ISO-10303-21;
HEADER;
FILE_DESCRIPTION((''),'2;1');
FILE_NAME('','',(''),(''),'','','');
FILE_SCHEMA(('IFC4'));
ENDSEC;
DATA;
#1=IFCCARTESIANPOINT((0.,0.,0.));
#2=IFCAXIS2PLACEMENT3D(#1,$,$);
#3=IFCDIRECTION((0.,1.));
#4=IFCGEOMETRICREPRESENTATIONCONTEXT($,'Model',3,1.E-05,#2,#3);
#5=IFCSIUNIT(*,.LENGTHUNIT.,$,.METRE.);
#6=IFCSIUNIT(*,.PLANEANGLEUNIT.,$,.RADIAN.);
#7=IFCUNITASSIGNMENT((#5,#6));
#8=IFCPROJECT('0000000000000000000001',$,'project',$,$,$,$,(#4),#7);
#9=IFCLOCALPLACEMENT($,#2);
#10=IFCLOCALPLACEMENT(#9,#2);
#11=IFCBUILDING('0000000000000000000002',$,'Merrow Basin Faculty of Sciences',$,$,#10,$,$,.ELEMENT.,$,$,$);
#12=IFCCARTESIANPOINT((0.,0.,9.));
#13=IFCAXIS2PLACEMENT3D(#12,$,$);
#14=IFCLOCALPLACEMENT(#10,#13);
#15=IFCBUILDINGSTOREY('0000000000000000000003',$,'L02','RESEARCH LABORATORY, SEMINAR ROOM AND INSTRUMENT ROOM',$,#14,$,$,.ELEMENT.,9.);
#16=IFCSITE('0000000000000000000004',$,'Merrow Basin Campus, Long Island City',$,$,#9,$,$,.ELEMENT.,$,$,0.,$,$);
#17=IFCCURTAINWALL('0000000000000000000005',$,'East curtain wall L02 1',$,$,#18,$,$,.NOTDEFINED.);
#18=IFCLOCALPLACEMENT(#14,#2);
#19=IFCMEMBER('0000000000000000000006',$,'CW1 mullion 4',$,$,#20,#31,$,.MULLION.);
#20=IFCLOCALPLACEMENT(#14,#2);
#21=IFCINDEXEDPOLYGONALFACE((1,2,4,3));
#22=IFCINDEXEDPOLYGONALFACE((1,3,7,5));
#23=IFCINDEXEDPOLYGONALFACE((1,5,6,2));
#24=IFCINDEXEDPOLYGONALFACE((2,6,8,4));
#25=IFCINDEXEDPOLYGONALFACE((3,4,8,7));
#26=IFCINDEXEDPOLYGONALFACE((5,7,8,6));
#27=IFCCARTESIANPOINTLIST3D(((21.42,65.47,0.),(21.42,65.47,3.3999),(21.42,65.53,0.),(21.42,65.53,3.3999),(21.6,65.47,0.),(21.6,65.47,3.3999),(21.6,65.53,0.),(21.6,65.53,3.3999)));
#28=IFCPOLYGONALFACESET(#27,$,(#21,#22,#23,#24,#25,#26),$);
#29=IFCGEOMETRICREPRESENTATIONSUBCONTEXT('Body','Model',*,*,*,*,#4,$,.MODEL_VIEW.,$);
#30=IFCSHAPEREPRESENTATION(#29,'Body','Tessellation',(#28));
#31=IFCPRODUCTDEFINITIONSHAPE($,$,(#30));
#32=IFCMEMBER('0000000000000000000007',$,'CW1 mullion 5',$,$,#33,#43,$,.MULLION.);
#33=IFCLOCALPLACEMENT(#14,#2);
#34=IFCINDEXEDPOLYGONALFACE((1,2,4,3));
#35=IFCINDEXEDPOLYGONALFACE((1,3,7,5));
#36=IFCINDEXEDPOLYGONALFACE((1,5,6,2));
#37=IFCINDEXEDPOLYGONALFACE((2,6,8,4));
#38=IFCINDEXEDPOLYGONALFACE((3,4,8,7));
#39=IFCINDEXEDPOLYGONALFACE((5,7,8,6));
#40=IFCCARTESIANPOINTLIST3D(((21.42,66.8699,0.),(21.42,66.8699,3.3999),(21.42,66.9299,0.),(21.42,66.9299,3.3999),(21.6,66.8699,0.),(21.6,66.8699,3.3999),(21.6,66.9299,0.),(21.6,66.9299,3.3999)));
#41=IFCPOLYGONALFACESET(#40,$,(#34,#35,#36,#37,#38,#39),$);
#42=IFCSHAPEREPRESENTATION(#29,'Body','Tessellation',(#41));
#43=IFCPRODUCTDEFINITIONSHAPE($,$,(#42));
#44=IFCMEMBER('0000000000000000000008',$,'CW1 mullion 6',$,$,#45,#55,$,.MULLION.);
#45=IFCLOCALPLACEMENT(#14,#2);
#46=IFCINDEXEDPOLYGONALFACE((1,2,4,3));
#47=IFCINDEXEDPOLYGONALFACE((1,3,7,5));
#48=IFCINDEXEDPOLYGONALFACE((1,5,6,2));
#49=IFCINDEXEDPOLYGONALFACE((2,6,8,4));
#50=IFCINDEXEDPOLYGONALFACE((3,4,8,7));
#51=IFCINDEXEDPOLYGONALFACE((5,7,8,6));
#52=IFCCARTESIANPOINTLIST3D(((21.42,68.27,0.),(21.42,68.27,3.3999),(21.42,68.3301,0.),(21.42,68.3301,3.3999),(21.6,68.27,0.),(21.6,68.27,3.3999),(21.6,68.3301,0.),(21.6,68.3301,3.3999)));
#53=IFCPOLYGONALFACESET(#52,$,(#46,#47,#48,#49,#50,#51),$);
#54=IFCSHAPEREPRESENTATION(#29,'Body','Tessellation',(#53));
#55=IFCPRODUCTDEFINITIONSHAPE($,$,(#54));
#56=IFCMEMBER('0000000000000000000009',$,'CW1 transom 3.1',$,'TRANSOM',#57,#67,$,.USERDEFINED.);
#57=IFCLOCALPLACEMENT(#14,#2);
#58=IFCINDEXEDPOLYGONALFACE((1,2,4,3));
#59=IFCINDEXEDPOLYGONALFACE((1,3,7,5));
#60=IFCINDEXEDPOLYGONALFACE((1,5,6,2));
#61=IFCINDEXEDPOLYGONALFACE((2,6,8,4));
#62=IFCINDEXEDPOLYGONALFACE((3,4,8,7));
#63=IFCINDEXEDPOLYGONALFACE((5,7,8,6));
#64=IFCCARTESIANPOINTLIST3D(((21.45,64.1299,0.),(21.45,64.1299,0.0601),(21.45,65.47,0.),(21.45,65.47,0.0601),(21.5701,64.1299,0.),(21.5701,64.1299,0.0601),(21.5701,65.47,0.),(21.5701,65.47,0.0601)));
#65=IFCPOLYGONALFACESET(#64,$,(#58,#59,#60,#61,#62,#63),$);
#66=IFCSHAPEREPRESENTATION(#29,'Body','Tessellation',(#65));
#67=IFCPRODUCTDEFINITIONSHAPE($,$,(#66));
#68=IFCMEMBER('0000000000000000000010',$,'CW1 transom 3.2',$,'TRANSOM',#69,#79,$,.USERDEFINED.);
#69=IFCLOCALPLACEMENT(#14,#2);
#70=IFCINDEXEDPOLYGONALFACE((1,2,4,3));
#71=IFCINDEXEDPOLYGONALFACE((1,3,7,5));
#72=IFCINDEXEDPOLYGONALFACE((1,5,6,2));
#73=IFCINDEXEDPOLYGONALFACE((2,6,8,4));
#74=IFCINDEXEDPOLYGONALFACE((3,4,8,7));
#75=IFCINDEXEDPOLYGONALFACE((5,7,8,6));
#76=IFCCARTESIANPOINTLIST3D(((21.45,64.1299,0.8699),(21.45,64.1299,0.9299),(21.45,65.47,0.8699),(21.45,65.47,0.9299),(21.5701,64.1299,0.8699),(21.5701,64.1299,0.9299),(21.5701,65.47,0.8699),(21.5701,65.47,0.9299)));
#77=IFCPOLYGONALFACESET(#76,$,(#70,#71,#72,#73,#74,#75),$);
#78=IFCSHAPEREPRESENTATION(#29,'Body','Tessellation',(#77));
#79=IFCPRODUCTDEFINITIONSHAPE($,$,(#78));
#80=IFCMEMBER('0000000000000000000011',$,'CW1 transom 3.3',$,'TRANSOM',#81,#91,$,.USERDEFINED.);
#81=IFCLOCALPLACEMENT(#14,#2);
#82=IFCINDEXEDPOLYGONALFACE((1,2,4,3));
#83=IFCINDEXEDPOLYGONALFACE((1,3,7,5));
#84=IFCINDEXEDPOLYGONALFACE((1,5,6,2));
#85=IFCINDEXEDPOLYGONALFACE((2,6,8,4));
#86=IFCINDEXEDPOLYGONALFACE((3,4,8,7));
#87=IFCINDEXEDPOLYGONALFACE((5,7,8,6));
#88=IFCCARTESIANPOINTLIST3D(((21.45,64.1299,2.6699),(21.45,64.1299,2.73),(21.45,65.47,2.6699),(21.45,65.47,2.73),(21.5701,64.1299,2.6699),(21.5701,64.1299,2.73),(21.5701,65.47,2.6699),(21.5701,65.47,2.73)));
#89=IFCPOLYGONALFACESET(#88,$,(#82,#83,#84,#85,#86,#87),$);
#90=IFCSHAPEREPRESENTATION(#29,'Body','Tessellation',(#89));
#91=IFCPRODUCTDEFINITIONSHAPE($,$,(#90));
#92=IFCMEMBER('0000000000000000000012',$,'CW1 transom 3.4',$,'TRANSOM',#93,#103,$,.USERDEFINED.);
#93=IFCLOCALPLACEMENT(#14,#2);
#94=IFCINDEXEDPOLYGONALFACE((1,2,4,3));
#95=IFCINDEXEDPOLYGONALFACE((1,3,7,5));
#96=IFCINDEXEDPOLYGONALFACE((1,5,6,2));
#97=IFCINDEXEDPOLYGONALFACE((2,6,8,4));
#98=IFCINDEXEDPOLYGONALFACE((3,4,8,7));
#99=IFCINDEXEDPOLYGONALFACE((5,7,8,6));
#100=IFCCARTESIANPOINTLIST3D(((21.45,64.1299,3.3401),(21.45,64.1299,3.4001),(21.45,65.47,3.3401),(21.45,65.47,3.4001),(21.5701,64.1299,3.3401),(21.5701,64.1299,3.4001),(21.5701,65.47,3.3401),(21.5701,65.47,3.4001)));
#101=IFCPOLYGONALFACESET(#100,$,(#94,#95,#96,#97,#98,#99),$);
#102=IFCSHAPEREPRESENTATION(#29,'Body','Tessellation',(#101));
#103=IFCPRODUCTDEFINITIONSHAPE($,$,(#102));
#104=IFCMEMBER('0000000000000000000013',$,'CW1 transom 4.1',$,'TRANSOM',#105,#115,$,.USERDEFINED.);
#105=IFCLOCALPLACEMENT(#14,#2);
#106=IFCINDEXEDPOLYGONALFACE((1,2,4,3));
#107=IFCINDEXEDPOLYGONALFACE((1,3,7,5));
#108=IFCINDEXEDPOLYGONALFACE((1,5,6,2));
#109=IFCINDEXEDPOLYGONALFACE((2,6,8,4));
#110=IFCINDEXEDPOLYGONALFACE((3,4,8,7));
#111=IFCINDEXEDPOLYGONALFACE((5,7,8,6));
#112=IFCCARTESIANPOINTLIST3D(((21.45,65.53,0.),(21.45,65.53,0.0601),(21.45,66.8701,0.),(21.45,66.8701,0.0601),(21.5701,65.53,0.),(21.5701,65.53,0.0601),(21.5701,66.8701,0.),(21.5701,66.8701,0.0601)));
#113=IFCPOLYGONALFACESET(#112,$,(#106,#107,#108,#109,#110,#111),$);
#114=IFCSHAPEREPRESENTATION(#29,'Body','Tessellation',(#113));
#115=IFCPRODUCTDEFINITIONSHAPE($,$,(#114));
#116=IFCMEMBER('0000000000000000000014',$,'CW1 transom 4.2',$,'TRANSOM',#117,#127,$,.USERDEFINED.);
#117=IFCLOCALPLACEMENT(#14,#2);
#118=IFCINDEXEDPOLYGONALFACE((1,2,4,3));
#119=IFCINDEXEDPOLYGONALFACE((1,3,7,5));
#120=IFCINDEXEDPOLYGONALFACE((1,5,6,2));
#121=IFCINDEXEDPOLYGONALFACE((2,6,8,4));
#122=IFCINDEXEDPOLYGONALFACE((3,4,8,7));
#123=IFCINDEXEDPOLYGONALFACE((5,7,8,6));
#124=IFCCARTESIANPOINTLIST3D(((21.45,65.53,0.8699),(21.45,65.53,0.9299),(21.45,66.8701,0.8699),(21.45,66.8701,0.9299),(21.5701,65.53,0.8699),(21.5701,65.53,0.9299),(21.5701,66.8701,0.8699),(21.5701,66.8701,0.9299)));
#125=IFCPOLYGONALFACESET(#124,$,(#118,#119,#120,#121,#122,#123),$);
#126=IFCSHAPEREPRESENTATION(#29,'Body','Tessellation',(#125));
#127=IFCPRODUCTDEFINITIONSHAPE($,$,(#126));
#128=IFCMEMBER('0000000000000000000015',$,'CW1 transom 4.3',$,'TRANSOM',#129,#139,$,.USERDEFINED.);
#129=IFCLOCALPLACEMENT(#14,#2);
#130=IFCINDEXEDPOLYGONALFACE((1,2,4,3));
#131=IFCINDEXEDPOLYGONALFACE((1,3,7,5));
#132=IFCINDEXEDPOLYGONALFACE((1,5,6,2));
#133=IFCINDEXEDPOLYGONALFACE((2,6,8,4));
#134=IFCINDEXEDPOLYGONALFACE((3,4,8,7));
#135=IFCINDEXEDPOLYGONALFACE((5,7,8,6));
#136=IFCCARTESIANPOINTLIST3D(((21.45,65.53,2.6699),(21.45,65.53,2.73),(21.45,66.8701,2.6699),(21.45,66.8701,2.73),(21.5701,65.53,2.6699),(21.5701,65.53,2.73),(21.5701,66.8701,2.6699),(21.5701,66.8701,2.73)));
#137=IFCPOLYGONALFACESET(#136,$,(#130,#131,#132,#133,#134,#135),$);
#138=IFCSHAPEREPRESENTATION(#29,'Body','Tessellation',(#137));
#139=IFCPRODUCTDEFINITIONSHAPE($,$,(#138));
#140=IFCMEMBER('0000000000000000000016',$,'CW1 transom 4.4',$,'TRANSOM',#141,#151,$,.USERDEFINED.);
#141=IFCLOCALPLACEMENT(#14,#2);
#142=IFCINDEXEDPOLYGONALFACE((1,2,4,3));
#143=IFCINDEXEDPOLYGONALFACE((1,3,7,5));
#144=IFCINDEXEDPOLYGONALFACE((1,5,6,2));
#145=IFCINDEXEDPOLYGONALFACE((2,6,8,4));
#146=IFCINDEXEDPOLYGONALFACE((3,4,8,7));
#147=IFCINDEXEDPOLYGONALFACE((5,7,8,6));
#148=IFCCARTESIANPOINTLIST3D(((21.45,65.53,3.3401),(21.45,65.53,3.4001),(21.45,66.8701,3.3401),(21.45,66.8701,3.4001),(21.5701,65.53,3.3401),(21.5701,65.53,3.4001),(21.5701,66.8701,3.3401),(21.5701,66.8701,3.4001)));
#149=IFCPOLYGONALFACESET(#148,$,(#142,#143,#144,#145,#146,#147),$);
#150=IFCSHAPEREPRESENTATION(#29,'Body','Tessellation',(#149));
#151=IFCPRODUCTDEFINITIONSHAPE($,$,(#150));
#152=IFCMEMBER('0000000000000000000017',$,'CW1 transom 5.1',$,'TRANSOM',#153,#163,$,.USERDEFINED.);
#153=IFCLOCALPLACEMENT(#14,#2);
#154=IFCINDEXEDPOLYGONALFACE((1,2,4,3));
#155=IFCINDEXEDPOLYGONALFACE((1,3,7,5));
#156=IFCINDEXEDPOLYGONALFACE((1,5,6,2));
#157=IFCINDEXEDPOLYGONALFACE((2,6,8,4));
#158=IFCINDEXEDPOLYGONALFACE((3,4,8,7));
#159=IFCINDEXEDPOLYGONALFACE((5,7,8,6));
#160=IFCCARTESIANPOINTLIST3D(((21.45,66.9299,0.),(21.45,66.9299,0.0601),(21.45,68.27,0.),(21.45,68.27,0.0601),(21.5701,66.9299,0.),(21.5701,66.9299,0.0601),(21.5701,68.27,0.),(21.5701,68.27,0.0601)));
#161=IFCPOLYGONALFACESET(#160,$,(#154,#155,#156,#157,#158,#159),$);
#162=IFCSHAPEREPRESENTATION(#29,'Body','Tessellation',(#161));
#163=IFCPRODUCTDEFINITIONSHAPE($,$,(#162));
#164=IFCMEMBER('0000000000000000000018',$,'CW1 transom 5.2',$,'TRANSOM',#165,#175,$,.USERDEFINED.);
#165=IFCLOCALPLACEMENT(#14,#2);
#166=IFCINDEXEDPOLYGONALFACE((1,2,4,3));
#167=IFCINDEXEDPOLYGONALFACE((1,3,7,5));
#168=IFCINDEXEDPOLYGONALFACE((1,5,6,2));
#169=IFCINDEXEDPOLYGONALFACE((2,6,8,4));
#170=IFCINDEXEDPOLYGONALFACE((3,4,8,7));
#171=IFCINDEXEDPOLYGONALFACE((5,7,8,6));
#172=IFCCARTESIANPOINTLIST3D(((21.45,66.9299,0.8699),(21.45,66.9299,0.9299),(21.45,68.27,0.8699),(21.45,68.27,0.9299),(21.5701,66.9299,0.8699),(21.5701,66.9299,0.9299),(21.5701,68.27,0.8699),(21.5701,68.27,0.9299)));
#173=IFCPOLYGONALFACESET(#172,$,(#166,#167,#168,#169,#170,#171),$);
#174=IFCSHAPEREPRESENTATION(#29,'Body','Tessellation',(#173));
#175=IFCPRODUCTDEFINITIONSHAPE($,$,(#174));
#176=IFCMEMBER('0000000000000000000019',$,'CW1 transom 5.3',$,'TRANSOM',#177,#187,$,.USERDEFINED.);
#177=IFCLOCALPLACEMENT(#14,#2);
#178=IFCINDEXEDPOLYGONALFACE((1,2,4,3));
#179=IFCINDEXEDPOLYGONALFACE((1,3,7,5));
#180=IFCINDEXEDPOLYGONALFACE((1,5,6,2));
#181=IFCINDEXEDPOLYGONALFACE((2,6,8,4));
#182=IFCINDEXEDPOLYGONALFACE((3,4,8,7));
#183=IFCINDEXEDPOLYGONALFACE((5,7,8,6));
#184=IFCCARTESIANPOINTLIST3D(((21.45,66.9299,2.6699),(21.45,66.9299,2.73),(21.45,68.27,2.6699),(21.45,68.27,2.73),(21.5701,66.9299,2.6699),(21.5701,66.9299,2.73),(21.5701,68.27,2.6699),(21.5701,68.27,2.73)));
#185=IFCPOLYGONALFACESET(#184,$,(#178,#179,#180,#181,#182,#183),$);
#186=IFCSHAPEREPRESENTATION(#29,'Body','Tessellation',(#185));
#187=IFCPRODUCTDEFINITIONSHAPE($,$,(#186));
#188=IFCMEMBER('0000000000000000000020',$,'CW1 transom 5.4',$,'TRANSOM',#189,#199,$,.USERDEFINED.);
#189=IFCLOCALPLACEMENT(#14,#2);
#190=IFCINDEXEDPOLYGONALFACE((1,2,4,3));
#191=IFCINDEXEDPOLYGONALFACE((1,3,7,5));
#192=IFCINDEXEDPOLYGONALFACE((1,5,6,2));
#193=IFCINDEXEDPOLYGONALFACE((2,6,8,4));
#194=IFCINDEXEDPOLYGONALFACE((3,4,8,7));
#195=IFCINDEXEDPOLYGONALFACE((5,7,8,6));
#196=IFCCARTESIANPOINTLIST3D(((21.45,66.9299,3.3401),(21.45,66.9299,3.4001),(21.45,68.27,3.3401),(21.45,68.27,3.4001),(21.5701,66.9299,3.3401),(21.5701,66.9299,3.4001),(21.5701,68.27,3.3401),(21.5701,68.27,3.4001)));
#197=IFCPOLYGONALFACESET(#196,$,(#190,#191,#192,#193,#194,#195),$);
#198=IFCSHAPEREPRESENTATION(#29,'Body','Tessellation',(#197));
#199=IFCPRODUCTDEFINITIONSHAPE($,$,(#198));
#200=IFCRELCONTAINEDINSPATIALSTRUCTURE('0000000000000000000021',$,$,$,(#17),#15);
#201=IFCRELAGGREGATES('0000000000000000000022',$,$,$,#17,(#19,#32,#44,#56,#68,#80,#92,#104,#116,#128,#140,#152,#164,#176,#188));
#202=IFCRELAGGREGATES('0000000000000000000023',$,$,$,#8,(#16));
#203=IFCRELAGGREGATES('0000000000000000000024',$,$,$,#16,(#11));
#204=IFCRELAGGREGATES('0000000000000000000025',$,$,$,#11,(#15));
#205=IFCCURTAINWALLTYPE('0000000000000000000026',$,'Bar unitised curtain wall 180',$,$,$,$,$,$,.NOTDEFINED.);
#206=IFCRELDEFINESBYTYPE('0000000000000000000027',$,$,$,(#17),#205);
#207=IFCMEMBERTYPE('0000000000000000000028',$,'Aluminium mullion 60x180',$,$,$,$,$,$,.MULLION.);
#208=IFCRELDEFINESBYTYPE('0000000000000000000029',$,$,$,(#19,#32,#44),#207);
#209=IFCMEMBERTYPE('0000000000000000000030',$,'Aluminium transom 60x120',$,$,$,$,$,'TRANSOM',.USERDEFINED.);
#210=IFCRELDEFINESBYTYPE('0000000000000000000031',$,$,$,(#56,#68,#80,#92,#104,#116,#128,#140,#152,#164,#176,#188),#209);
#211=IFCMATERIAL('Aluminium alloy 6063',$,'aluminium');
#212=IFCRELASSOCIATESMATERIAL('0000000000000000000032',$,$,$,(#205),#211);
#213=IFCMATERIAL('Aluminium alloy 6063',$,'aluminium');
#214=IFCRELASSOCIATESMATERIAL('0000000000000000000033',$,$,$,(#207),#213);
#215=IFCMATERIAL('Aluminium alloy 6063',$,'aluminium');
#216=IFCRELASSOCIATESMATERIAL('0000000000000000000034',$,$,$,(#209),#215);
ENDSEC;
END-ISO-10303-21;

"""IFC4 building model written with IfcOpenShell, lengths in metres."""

from ifc_helpers import new_model, si_unit, direction, frame, origin, origin_2d, place, context, subcontext, project, spatial, rectangle, extrude, material, material_profile, profile_set, type_object, element, aggregate, save


model = new_model("IFC4")

# Units and contexts
model_context = context("Model", 3, precision=1e-05, world=origin(), true_north=direction((0.0, 1.0)))
body_context = subcontext(model_context, "Body", "Model", "MODEL_VIEW")
ifc_project = project(units=[si_unit("LENGTHUNIT", "METRE"), si_unit("PLANEANGLEUNIT", "RADIAN")], contexts=[model_context])

# Site, building, storey
site_placement = place(None, origin())
site = spatial("IfcSite", under=ifc_project, at=site_placement, Name="Merrow Basin Campus, Long Island City", CompositionType="ELEMENT", RefElevation=0.0)
building_placement = place(site_placement, origin())
building = spatial("IfcBuilding", under=site, at=building_placement, Name="Merrow Basin Faculty of Sciences", CompositionType="ELEMENT")
storey_placement = place(building_placement, frame((0.0, 0.0, 9.0)))
storey = spatial("IfcBuildingStorey", under=building, at=storey_placement, Name="L02", Description="RESEARCH LABORATORY, SEMINAR ROOM AND INSTRUMENT ROOM", CompositionType="ELEMENT", Elevation=9.0)

# Curtain wall, members
ifc_material_1 = material(Name="Aluminium alloy 6063", Category="aluminium")
curtain_wall_type = type_object("IfcCurtainWallType", Name="Bar unitised curtain wall 180", PredefinedType="NOTDEFINED", material=ifc_material_1)
curtain_wall_placement = place(storey_placement, origin())
curtain_wall = element("IfcCurtainWall", 1, at=curtain_wall_placement, inside=storey, type_object=curtain_wall_type, Name="East curtain wall L02 1", PredefinedType="NOTDEFINED")
ifc_material_2 = material(Name="Aluminium alloy 6063", Category="aluminium")
ifc_material_profile_1 = material_profile(ifc_material_2, rectangle(XDim=0.1799, YDim=0.0601, at=origin_2d()))
ifc_profile_set_1 = profile_set([ifc_material_profile_1], Name="Aluminium alloy 6063")
member_type_1 = type_object("IfcMemberType", Name="Aluminium mullion 60x180", PredefinedType="MULLION", material=ifc_profile_set_1)
member_1_placement = place(storey_placement, frame((21.51, 65.5, 0.0), z_axis=(0.0, 0.0, 1.0), x_axis=(-1.0, 0.0, 0.0)))
member_1 = element("IfcMember", 2, at=member_1_placement, type_object=member_type_1, Name="CW1 mullion 4", PredefinedType="MULLION", context=body_context, shape_type="SweptSolid", body=[
    extrude(rectangle(XDim=0.1799, YDim=0.0601, at=origin_2d()), origin(), (0.0, 0.0, 1.0), 3.3999),
])
member_2_placement = place(storey_placement, frame((21.51, 66.8999, 0.0), z_axis=(0.0, 0.0, 1.0), x_axis=(-1.0, 0.0, 0.0)))
member_2 = element("IfcMember", 3, at=member_2_placement, type_object=member_type_1, Name="CW1 mullion 5", PredefinedType="MULLION", context=body_context, shape_type="SweptSolid", body=[
    extrude(rectangle(XDim=0.1799, YDim=0.0601, at=origin_2d()), origin(), (0.0, 0.0, 1.0), 3.3999),
])
member_3_placement = place(storey_placement, frame((21.51, 68.3, 0.0), z_axis=(0.0, 0.0, 1.0), x_axis=(-1.0, 0.0, 0.0)))
member_3 = element("IfcMember", 4, at=member_3_placement, type_object=member_type_1, Name="CW1 mullion 6", PredefinedType="MULLION", context=body_context, shape_type="SweptSolid", body=[
    extrude(rectangle(XDim=0.1799, YDim=0.0601, at=origin_2d()), origin(), (0.0, 0.0, 1.0), 3.3999),
])
ifc_material_3 = material(Name="Aluminium alloy 6063", Category="aluminium")
ifc_material_profile_2 = material_profile(ifc_material_3, rectangle(XDim=0.1201, YDim=0.0601, at=origin_2d()))
ifc_profile_set_2 = profile_set([ifc_material_profile_2], Name="Aluminium alloy 6063")
member_type_2 = type_object("IfcMemberType", Name="Aluminium transom 60x120", ElementType="TRANSOM", PredefinedType="USERDEFINED", material=ifc_profile_set_2)
member_4_placement = place(storey_placement, frame((21.51, 64.1299, 0.03), z_axis=(0.0, 1.0, 0.0), x_axis=(-1.0, 0.0, 0.0)))
member_4 = element("IfcMember", 5, at=member_4_placement, type_object=member_type_2, Name="CW1 transom 3.1", ObjectType="TRANSOM", PredefinedType="USERDEFINED", context=body_context, shape_type="SweptSolid", body=[
    extrude(rectangle(XDim=0.1201, YDim=0.0601, at=origin_2d()), origin(), (0.0, 0.0, 1.0), 1.3401),
])
member_5_placement = place(storey_placement, frame((21.51, 64.1299, 0.8999), z_axis=(0.0, 1.0, 0.0), x_axis=(-1.0, 0.0, 0.0)))
member_5 = element("IfcMember", 6, at=member_5_placement, type_object=member_type_2, Name="CW1 transom 3.2", ObjectType="TRANSOM", PredefinedType="USERDEFINED", context=body_context, shape_type="SweptSolid", body=[
    extrude(rectangle(XDim=0.1201, YDim=0.0601, at=origin_2d()), origin(), (0.0, 0.0, 1.0), 1.3401),
])
member_6_placement = place(storey_placement, frame((21.51, 64.1299, 2.7), z_axis=(0.0, 1.0, 0.0), x_axis=(-1.0, 0.0, 0.0)))
member_6 = element("IfcMember", 7, at=member_6_placement, type_object=member_type_2, Name="CW1 transom 3.3", ObjectType="TRANSOM", PredefinedType="USERDEFINED", context=body_context, shape_type="SweptSolid", body=[
    extrude(rectangle(XDim=0.1201, YDim=0.0601, at=origin_2d()), origin(), (0.0, 0.0, 1.0), 1.3401),
])
member_7_placement = place(storey_placement, frame((21.51, 64.1299, 3.3701), z_axis=(0.0, 1.0, 0.0), x_axis=(-1.0, 0.0, 0.0)))
member_7 = element("IfcMember", 8, at=member_7_placement, type_object=member_type_2, Name="CW1 transom 3.4", ObjectType="TRANSOM", PredefinedType="USERDEFINED", context=body_context, shape_type="SweptSolid", body=[
    extrude(rectangle(XDim=0.1201, YDim=0.0601, at=origin_2d()), origin(), (0.0, 0.0, 1.0), 1.3401),
])
member_8_placement = place(storey_placement, frame((21.51, 65.53, 0.03), z_axis=(0.0, 1.0, 0.0), x_axis=(-1.0, 0.0, 0.0)))
member_8 = element("IfcMember", 9, at=member_8_placement, type_object=member_type_2, Name="CW1 transom 4.1", ObjectType="TRANSOM", PredefinedType="USERDEFINED", context=body_context, shape_type="SweptSolid", body=[
    extrude(rectangle(XDim=0.1201, YDim=0.0601, at=origin_2d()), origin(), (0.0, 0.0, 1.0), 1.3401),
])
member_9_placement = place(storey_placement, frame((21.51, 65.53, 0.8999), z_axis=(0.0, 1.0, 0.0), x_axis=(-1.0, 0.0, 0.0)))
member_9 = element("IfcMember", 10, at=member_9_placement, type_object=member_type_2, Name="CW1 transom 4.2", ObjectType="TRANSOM", PredefinedType="USERDEFINED", context=body_context, shape_type="SweptSolid", body=[
    extrude(rectangle(XDim=0.1201, YDim=0.0601, at=origin_2d()), origin(), (0.0, 0.0, 1.0), 1.3401),
])
member_10_placement = place(storey_placement, frame((21.51, 65.53, 2.7), z_axis=(0.0, 1.0, 0.0), x_axis=(-1.0, 0.0, 0.0)))
member_10 = element("IfcMember", 11, at=member_10_placement, type_object=member_type_2, Name="CW1 transom 4.3", ObjectType="TRANSOM", PredefinedType="USERDEFINED", context=body_context, shape_type="SweptSolid", body=[
    extrude(rectangle(XDim=0.1201, YDim=0.0601, at=origin_2d()), origin(), (0.0, 0.0, 1.0), 1.3401),
])
member_11_placement = place(storey_placement, frame((21.51, 65.53, 3.3701), z_axis=(0.0, 1.0, 0.0), x_axis=(-1.0, 0.0, 0.0)))
member_11 = element("IfcMember", 12, at=member_11_placement, type_object=member_type_2, Name="CW1 transom 4.4", ObjectType="TRANSOM", PredefinedType="USERDEFINED", context=body_context, shape_type="SweptSolid", body=[
    extrude(rectangle(XDim=0.1201, YDim=0.0601, at=origin_2d()), origin(), (0.0, 0.0, 1.0), 1.3401),
])
member_12_placement = place(storey_placement, frame((21.51, 66.9299, 0.03), z_axis=(0.0, 1.0, 0.0), x_axis=(-1.0, 0.0, 0.0)))
member_12 = element("IfcMember", 13, at=member_12_placement, type_object=member_type_2, Name="CW1 transom 5.1", ObjectType="TRANSOM", PredefinedType="USERDEFINED", context=body_context, shape_type="SweptSolid", body=[
    extrude(rectangle(XDim=0.1201, YDim=0.0601, at=origin_2d()), origin(), (0.0, 0.0, 1.0), 1.3401),
])
member_13_placement = place(storey_placement, frame((21.51, 66.9299, 0.8999), z_axis=(0.0, 1.0, 0.0), x_axis=(-1.0, 0.0, 0.0)))
member_13 = element("IfcMember", 14, at=member_13_placement, type_object=member_type_2, Name="CW1 transom 5.2", ObjectType="TRANSOM", PredefinedType="USERDEFINED", context=body_context, shape_type="SweptSolid", body=[
    extrude(rectangle(XDim=0.1201, YDim=0.0601, at=origin_2d()), origin(), (0.0, 0.0, 1.0), 1.3401),
])
member_14_placement = place(storey_placement, frame((21.51, 66.9299, 2.7), z_axis=(0.0, 1.0, 0.0), x_axis=(-1.0, 0.0, 0.0)))
member_14 = element("IfcMember", 15, at=member_14_placement, type_object=member_type_2, Name="CW1 transom 5.3", ObjectType="TRANSOM", PredefinedType="USERDEFINED", context=body_context, shape_type="SweptSolid", body=[
    extrude(rectangle(XDim=0.1201, YDim=0.0601, at=origin_2d()), origin(), (0.0, 0.0, 1.0), 1.3401),
])
member_15_placement = place(storey_placement, frame((21.51, 66.9299, 3.3701), z_axis=(0.0, 1.0, 0.0), x_axis=(-1.0, 0.0, 0.0)))
member_15 = element("IfcMember", 16, at=member_15_placement, type_object=member_type_2, Name="CW1 transom 5.4", ObjectType="TRANSOM", PredefinedType="USERDEFINED", context=body_context, shape_type="SweptSolid", body=[
    extrude(rectangle(XDim=0.1201, YDim=0.0601, at=origin_2d()), origin(), (0.0, 0.0, 1.0), 1.3401),
])
aggregate(curtain_wall, [member_1, member_2, member_3, member_4, member_5, member_6, member_7, member_8, member_9, member_10, member_11, member_12, member_13, member_14, member_15])

save(model, "model.ifc")
